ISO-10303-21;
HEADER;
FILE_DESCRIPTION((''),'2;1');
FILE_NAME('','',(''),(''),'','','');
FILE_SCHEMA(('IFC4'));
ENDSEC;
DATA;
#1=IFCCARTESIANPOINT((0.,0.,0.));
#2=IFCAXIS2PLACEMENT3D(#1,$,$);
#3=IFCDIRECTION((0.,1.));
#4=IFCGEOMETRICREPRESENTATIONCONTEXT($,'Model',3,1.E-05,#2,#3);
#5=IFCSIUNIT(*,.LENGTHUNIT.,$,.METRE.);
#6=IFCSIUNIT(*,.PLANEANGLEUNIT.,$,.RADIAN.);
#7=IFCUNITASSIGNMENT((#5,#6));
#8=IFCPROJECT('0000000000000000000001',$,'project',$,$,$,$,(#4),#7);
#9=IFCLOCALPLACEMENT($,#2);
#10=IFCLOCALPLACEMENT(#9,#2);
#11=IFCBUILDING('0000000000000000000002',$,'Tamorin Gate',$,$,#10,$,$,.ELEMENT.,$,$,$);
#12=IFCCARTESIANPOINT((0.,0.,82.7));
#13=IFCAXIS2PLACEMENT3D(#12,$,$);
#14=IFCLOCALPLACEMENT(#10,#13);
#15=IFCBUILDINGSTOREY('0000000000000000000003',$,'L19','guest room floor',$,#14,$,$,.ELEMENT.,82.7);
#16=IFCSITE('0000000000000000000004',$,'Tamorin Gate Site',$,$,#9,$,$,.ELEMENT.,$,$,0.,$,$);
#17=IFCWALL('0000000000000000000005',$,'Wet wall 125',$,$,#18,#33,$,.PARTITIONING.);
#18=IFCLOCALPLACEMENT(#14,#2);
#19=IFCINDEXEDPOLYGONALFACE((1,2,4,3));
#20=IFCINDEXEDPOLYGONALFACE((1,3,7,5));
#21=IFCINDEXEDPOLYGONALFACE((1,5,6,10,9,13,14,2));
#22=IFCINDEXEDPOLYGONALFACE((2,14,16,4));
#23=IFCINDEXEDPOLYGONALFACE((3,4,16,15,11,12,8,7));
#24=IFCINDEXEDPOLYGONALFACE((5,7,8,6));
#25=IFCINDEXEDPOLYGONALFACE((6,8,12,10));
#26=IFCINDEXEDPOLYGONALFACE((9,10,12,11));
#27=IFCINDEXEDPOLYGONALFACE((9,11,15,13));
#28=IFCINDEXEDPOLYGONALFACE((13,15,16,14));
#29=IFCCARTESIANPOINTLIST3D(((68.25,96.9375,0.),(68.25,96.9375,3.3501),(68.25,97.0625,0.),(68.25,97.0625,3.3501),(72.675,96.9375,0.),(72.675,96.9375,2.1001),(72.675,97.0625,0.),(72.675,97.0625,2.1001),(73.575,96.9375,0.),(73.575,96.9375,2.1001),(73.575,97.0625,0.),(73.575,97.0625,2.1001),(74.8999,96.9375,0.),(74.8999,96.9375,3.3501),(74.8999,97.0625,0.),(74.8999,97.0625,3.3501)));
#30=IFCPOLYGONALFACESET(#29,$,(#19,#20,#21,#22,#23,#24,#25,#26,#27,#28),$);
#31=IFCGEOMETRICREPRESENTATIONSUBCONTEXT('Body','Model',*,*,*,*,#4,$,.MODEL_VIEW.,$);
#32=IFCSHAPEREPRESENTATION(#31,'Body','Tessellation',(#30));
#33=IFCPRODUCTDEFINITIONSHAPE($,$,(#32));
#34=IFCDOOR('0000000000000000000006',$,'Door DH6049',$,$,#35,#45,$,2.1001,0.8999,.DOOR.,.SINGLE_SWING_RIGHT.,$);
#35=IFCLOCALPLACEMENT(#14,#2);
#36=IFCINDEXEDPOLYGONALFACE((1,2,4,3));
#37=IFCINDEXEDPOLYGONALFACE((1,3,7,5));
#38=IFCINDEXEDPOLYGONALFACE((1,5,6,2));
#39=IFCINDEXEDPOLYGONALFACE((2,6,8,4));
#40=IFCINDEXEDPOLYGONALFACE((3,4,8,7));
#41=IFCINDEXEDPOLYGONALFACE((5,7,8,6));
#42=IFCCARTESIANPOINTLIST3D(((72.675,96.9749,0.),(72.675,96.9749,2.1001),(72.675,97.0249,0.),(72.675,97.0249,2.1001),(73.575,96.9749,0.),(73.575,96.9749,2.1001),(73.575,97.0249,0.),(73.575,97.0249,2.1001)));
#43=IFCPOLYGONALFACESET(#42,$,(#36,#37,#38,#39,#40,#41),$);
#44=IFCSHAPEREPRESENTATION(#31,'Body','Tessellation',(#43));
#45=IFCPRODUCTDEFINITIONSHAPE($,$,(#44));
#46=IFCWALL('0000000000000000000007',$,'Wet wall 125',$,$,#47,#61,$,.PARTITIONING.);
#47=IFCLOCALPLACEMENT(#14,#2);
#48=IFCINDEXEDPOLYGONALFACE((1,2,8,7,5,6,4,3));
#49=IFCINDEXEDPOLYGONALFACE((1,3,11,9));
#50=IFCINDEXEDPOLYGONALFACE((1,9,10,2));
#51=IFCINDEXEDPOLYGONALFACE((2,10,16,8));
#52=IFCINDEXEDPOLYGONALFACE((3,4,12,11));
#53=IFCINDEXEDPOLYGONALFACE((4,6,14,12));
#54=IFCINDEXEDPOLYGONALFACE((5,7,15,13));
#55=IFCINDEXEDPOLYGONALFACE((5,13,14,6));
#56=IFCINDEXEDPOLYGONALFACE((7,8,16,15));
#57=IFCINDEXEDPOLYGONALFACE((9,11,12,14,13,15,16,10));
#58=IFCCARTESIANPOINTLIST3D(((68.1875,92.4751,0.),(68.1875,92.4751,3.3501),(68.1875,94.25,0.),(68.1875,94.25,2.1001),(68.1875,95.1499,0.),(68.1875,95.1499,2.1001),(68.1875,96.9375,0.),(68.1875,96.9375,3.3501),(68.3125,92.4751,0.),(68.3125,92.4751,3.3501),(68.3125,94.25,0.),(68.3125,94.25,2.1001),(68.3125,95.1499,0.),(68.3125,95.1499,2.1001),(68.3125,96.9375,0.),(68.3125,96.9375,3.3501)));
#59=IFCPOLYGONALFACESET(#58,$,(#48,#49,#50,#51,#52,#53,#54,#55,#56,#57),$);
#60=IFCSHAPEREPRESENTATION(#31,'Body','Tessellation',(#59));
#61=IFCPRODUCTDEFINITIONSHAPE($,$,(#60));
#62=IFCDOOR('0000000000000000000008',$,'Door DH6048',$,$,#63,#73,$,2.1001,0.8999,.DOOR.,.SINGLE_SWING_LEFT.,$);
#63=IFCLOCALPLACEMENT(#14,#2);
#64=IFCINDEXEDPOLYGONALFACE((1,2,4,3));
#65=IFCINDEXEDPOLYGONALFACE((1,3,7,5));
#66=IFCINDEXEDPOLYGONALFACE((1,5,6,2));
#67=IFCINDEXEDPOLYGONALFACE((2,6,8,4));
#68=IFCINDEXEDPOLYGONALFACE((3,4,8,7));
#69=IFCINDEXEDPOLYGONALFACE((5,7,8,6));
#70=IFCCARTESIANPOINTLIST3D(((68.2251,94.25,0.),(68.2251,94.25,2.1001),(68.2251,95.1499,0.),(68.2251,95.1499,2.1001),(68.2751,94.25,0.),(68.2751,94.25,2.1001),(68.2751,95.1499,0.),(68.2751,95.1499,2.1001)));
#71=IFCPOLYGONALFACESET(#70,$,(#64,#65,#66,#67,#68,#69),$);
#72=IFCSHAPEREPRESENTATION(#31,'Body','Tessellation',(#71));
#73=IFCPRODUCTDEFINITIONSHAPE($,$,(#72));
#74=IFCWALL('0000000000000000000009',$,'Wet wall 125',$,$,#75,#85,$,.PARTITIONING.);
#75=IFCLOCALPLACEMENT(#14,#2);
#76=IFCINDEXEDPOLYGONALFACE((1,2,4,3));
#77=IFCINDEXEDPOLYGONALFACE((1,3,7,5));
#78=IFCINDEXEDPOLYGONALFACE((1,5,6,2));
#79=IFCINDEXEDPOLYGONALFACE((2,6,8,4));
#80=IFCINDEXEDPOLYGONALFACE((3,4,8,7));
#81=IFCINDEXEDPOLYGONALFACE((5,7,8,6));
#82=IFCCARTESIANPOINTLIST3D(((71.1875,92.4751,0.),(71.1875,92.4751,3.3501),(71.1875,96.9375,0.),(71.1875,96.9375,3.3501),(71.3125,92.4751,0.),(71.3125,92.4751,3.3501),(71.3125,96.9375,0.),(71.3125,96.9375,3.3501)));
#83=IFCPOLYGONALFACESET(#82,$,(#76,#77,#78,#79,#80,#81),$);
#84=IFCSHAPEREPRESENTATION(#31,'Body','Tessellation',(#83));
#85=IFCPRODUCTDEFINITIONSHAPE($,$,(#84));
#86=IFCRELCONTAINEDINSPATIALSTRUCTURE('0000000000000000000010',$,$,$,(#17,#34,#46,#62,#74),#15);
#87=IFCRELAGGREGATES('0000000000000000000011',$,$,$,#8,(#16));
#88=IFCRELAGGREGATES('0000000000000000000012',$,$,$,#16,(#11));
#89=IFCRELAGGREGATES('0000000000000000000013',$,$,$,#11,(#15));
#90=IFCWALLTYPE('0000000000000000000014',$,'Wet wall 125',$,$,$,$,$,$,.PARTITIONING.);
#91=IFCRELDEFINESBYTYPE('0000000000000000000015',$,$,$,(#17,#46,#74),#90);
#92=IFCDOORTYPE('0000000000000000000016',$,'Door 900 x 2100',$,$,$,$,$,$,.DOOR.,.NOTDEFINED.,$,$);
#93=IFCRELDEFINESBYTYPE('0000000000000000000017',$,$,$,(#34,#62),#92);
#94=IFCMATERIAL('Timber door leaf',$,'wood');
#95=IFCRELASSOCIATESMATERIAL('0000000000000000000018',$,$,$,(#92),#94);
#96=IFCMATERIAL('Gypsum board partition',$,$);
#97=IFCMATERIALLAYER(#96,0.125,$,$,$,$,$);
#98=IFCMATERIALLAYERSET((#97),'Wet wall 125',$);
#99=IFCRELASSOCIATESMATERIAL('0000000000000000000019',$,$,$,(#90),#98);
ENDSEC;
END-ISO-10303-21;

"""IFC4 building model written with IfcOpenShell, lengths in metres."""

from ifc_helpers import new_model, si_unit, direction, frame, frame_2d, origin, place, context, subcontext, project, spatial, rectangle, extrude, material, layer, layer_set, type_object, element, fill, save


model = new_model("IFC4")

# Units and contexts
model_context = context("Model", 3, precision=1e-05, world=origin(), true_north=direction((0.0, 1.0)))
body_context = subcontext(model_context, "Body", "Model", "MODEL_VIEW")
ifc_project = project(units=[si_unit("LENGTHUNIT", "METRE"), si_unit("PLANEANGLEUNIT", "RADIAN")], contexts=[model_context])

# Site, building, storey
site_placement = place(None, origin())
site = spatial("IfcSite", under=ifc_project, at=site_placement, Name="Tamorin Gate Site", CompositionType="ELEMENT", RefElevation=0.0)
building_placement = place(site_placement, origin())
building = spatial("IfcBuilding", under=site, at=building_placement, Name="Tamorin Gate", CompositionType="ELEMENT")
storey_placement = place(building_placement, frame((0.0, 0.0, 82.7)))
storey = spatial("IfcBuildingStorey", under=building, at=storey_placement, Name="L19", Description="guest room floor", CompositionType="ELEMENT", Elevation=82.7)

# Walls, openings, doors
ifc_material_1 = material(Name="Gypsum board partition")
ifc_material_2 = material(Name="Timber door leaf", Category="wood")
door_type = type_object("IfcDoorType", Name="Door 900 x 2100", OperationType="NOTDEFINED", PredefinedType="DOOR", material=ifc_material_2)
ifc_layer_1 = layer(ifc_material_1, 0.125)
ifc_layer_set_1 = layer_set([ifc_layer_1], Name="Wet wall 125")
wall_type_1 = type_object("IfcWallType", Name="Wet wall 125", PredefinedType="PARTITIONING", material=ifc_layer_set_1)
wall_1_placement = place(storey_placement, frame((68.25, 97.0, 0.0), z_axis=(0.0, 0.0, 1.0), x_axis=(1.0, 0.0, 0.0)))
wall_1 = element("IfcWall", 1, at=wall_1_placement, inside=storey, type_object=wall_type_1, Name="Wet wall 125", PredefinedType="PARTITIONING", context=body_context, shape_type="SweptSolid", body=[
    extrude(rectangle(XDim=6.6499, YDim=0.125, at=frame_2d((3.325, 0.0))), origin(), (0.0, 0.0, 1.0), 3.3501),
])
opening_1_placement = place(wall_1_placement, frame((4.425, 0.0, 0.0)))
opening_1 = element("IfcOpeningElement", 2, at=opening_1_placement, cuts=wall_1, PredefinedType="OPENING", context=body_context, shape_type="SweptSolid", body=[
    extrude(rectangle(XDim=0.8999, YDim=2.1001, at=frame_2d((0.45, 1.05))), frame((0.0, 0.0725, 0.0), z_axis=(0.0, -1.0, 0.0), x_axis=(1.0, 0.0, 0.0)), (0.0, 0.0, 1.0), 0.145),
])
door_1_placement = place(opening_1_placement, origin())
door_1 = element("IfcDoor", 3, at=door_1_placement, inside=storey, type_object=door_type, Name="Door DH6049", OperationType="SINGLE_SWING_RIGHT", OverallHeight=2.1001, OverallWidth=0.8999, PredefinedType="DOOR", context=body_context, shape_type="SweptSolid", body=[
    extrude(rectangle(XDim=0.8999, YDim=2.1001, at=frame_2d((0.45, 1.05))), frame((0.0, 0.0249, 0.0), z_axis=(0.0, -1.0, 0.0), x_axis=(1.0, 0.0, 0.0)), (0.0, 0.0, 1.0), 0.05),
])
fill(opening_1, door_1)
wall_2_placement = place(storey_placement, frame((68.25, 92.4751, 0.0), z_axis=(0.0, 0.0, 1.0), x_axis=(0.0, 1.0, 0.0)))
wall_2 = element("IfcWall", 4, at=wall_2_placement, inside=storey, type_object=wall_type_1, Name="Wet wall 125", PredefinedType="PARTITIONING", context=body_context, shape_type="SweptSolid", body=[
    extrude(rectangle(XDim=4.4624, YDim=0.125, at=frame_2d((2.2312, 0.0))), origin(), (0.0, 0.0, 1.0), 3.3501),
])
opening_2_placement = place(wall_2_placement, frame((1.7749, 0.0, 0.0)))
opening_2 = element("IfcOpeningElement", 5, at=opening_2_placement, cuts=wall_2, PredefinedType="OPENING", context=body_context, shape_type="SweptSolid", body=[
    extrude(rectangle(XDim=0.8999, YDim=2.1001, at=frame_2d((0.45, 1.05))), frame((0.0, 0.0725, 0.0), z_axis=(0.0, -1.0, 0.0), x_axis=(1.0, 0.0, 0.0)), (0.0, 0.0, 1.0), 0.145),
])
door_2_placement = place(opening_2_placement, origin())
door_2 = element("IfcDoor", 6, at=door_2_placement, inside=storey, type_object=door_type, Name="Door DH6048", OperationType="SINGLE_SWING_LEFT", OverallHeight=2.1001, OverallWidth=0.8999, PredefinedType="DOOR", context=body_context, shape_type="SweptSolid", body=[
    extrude(rectangle(XDim=0.8999, YDim=2.1001, at=frame_2d((0.45, 1.05))), frame((0.0, 0.0249, 0.0), z_axis=(0.0, -1.0, 0.0), x_axis=(1.0, 0.0, 0.0)), (0.0, 0.0, 1.0), 0.05),
])
fill(opening_2, door_2)

# Wall
wall_3_placement = place(storey_placement, frame((71.25, 92.4751, 0.0), z_axis=(0.0, 0.0, 1.0), x_axis=(0.0, 1.0, 0.0)))
element("IfcWall", 7, at=wall_3_placement, inside=storey, type_object=wall_type_1, Name="Wet wall 125", PredefinedType="PARTITIONING", context=body_context, shape_type="SweptSolid", body=[
    extrude(rectangle(XDim=4.4624, YDim=0.125, at=frame_2d((2.2312, 0.0))), origin(), (0.0, 0.0, 1.0), 3.3501),
])

save(model, "model.ifc")
